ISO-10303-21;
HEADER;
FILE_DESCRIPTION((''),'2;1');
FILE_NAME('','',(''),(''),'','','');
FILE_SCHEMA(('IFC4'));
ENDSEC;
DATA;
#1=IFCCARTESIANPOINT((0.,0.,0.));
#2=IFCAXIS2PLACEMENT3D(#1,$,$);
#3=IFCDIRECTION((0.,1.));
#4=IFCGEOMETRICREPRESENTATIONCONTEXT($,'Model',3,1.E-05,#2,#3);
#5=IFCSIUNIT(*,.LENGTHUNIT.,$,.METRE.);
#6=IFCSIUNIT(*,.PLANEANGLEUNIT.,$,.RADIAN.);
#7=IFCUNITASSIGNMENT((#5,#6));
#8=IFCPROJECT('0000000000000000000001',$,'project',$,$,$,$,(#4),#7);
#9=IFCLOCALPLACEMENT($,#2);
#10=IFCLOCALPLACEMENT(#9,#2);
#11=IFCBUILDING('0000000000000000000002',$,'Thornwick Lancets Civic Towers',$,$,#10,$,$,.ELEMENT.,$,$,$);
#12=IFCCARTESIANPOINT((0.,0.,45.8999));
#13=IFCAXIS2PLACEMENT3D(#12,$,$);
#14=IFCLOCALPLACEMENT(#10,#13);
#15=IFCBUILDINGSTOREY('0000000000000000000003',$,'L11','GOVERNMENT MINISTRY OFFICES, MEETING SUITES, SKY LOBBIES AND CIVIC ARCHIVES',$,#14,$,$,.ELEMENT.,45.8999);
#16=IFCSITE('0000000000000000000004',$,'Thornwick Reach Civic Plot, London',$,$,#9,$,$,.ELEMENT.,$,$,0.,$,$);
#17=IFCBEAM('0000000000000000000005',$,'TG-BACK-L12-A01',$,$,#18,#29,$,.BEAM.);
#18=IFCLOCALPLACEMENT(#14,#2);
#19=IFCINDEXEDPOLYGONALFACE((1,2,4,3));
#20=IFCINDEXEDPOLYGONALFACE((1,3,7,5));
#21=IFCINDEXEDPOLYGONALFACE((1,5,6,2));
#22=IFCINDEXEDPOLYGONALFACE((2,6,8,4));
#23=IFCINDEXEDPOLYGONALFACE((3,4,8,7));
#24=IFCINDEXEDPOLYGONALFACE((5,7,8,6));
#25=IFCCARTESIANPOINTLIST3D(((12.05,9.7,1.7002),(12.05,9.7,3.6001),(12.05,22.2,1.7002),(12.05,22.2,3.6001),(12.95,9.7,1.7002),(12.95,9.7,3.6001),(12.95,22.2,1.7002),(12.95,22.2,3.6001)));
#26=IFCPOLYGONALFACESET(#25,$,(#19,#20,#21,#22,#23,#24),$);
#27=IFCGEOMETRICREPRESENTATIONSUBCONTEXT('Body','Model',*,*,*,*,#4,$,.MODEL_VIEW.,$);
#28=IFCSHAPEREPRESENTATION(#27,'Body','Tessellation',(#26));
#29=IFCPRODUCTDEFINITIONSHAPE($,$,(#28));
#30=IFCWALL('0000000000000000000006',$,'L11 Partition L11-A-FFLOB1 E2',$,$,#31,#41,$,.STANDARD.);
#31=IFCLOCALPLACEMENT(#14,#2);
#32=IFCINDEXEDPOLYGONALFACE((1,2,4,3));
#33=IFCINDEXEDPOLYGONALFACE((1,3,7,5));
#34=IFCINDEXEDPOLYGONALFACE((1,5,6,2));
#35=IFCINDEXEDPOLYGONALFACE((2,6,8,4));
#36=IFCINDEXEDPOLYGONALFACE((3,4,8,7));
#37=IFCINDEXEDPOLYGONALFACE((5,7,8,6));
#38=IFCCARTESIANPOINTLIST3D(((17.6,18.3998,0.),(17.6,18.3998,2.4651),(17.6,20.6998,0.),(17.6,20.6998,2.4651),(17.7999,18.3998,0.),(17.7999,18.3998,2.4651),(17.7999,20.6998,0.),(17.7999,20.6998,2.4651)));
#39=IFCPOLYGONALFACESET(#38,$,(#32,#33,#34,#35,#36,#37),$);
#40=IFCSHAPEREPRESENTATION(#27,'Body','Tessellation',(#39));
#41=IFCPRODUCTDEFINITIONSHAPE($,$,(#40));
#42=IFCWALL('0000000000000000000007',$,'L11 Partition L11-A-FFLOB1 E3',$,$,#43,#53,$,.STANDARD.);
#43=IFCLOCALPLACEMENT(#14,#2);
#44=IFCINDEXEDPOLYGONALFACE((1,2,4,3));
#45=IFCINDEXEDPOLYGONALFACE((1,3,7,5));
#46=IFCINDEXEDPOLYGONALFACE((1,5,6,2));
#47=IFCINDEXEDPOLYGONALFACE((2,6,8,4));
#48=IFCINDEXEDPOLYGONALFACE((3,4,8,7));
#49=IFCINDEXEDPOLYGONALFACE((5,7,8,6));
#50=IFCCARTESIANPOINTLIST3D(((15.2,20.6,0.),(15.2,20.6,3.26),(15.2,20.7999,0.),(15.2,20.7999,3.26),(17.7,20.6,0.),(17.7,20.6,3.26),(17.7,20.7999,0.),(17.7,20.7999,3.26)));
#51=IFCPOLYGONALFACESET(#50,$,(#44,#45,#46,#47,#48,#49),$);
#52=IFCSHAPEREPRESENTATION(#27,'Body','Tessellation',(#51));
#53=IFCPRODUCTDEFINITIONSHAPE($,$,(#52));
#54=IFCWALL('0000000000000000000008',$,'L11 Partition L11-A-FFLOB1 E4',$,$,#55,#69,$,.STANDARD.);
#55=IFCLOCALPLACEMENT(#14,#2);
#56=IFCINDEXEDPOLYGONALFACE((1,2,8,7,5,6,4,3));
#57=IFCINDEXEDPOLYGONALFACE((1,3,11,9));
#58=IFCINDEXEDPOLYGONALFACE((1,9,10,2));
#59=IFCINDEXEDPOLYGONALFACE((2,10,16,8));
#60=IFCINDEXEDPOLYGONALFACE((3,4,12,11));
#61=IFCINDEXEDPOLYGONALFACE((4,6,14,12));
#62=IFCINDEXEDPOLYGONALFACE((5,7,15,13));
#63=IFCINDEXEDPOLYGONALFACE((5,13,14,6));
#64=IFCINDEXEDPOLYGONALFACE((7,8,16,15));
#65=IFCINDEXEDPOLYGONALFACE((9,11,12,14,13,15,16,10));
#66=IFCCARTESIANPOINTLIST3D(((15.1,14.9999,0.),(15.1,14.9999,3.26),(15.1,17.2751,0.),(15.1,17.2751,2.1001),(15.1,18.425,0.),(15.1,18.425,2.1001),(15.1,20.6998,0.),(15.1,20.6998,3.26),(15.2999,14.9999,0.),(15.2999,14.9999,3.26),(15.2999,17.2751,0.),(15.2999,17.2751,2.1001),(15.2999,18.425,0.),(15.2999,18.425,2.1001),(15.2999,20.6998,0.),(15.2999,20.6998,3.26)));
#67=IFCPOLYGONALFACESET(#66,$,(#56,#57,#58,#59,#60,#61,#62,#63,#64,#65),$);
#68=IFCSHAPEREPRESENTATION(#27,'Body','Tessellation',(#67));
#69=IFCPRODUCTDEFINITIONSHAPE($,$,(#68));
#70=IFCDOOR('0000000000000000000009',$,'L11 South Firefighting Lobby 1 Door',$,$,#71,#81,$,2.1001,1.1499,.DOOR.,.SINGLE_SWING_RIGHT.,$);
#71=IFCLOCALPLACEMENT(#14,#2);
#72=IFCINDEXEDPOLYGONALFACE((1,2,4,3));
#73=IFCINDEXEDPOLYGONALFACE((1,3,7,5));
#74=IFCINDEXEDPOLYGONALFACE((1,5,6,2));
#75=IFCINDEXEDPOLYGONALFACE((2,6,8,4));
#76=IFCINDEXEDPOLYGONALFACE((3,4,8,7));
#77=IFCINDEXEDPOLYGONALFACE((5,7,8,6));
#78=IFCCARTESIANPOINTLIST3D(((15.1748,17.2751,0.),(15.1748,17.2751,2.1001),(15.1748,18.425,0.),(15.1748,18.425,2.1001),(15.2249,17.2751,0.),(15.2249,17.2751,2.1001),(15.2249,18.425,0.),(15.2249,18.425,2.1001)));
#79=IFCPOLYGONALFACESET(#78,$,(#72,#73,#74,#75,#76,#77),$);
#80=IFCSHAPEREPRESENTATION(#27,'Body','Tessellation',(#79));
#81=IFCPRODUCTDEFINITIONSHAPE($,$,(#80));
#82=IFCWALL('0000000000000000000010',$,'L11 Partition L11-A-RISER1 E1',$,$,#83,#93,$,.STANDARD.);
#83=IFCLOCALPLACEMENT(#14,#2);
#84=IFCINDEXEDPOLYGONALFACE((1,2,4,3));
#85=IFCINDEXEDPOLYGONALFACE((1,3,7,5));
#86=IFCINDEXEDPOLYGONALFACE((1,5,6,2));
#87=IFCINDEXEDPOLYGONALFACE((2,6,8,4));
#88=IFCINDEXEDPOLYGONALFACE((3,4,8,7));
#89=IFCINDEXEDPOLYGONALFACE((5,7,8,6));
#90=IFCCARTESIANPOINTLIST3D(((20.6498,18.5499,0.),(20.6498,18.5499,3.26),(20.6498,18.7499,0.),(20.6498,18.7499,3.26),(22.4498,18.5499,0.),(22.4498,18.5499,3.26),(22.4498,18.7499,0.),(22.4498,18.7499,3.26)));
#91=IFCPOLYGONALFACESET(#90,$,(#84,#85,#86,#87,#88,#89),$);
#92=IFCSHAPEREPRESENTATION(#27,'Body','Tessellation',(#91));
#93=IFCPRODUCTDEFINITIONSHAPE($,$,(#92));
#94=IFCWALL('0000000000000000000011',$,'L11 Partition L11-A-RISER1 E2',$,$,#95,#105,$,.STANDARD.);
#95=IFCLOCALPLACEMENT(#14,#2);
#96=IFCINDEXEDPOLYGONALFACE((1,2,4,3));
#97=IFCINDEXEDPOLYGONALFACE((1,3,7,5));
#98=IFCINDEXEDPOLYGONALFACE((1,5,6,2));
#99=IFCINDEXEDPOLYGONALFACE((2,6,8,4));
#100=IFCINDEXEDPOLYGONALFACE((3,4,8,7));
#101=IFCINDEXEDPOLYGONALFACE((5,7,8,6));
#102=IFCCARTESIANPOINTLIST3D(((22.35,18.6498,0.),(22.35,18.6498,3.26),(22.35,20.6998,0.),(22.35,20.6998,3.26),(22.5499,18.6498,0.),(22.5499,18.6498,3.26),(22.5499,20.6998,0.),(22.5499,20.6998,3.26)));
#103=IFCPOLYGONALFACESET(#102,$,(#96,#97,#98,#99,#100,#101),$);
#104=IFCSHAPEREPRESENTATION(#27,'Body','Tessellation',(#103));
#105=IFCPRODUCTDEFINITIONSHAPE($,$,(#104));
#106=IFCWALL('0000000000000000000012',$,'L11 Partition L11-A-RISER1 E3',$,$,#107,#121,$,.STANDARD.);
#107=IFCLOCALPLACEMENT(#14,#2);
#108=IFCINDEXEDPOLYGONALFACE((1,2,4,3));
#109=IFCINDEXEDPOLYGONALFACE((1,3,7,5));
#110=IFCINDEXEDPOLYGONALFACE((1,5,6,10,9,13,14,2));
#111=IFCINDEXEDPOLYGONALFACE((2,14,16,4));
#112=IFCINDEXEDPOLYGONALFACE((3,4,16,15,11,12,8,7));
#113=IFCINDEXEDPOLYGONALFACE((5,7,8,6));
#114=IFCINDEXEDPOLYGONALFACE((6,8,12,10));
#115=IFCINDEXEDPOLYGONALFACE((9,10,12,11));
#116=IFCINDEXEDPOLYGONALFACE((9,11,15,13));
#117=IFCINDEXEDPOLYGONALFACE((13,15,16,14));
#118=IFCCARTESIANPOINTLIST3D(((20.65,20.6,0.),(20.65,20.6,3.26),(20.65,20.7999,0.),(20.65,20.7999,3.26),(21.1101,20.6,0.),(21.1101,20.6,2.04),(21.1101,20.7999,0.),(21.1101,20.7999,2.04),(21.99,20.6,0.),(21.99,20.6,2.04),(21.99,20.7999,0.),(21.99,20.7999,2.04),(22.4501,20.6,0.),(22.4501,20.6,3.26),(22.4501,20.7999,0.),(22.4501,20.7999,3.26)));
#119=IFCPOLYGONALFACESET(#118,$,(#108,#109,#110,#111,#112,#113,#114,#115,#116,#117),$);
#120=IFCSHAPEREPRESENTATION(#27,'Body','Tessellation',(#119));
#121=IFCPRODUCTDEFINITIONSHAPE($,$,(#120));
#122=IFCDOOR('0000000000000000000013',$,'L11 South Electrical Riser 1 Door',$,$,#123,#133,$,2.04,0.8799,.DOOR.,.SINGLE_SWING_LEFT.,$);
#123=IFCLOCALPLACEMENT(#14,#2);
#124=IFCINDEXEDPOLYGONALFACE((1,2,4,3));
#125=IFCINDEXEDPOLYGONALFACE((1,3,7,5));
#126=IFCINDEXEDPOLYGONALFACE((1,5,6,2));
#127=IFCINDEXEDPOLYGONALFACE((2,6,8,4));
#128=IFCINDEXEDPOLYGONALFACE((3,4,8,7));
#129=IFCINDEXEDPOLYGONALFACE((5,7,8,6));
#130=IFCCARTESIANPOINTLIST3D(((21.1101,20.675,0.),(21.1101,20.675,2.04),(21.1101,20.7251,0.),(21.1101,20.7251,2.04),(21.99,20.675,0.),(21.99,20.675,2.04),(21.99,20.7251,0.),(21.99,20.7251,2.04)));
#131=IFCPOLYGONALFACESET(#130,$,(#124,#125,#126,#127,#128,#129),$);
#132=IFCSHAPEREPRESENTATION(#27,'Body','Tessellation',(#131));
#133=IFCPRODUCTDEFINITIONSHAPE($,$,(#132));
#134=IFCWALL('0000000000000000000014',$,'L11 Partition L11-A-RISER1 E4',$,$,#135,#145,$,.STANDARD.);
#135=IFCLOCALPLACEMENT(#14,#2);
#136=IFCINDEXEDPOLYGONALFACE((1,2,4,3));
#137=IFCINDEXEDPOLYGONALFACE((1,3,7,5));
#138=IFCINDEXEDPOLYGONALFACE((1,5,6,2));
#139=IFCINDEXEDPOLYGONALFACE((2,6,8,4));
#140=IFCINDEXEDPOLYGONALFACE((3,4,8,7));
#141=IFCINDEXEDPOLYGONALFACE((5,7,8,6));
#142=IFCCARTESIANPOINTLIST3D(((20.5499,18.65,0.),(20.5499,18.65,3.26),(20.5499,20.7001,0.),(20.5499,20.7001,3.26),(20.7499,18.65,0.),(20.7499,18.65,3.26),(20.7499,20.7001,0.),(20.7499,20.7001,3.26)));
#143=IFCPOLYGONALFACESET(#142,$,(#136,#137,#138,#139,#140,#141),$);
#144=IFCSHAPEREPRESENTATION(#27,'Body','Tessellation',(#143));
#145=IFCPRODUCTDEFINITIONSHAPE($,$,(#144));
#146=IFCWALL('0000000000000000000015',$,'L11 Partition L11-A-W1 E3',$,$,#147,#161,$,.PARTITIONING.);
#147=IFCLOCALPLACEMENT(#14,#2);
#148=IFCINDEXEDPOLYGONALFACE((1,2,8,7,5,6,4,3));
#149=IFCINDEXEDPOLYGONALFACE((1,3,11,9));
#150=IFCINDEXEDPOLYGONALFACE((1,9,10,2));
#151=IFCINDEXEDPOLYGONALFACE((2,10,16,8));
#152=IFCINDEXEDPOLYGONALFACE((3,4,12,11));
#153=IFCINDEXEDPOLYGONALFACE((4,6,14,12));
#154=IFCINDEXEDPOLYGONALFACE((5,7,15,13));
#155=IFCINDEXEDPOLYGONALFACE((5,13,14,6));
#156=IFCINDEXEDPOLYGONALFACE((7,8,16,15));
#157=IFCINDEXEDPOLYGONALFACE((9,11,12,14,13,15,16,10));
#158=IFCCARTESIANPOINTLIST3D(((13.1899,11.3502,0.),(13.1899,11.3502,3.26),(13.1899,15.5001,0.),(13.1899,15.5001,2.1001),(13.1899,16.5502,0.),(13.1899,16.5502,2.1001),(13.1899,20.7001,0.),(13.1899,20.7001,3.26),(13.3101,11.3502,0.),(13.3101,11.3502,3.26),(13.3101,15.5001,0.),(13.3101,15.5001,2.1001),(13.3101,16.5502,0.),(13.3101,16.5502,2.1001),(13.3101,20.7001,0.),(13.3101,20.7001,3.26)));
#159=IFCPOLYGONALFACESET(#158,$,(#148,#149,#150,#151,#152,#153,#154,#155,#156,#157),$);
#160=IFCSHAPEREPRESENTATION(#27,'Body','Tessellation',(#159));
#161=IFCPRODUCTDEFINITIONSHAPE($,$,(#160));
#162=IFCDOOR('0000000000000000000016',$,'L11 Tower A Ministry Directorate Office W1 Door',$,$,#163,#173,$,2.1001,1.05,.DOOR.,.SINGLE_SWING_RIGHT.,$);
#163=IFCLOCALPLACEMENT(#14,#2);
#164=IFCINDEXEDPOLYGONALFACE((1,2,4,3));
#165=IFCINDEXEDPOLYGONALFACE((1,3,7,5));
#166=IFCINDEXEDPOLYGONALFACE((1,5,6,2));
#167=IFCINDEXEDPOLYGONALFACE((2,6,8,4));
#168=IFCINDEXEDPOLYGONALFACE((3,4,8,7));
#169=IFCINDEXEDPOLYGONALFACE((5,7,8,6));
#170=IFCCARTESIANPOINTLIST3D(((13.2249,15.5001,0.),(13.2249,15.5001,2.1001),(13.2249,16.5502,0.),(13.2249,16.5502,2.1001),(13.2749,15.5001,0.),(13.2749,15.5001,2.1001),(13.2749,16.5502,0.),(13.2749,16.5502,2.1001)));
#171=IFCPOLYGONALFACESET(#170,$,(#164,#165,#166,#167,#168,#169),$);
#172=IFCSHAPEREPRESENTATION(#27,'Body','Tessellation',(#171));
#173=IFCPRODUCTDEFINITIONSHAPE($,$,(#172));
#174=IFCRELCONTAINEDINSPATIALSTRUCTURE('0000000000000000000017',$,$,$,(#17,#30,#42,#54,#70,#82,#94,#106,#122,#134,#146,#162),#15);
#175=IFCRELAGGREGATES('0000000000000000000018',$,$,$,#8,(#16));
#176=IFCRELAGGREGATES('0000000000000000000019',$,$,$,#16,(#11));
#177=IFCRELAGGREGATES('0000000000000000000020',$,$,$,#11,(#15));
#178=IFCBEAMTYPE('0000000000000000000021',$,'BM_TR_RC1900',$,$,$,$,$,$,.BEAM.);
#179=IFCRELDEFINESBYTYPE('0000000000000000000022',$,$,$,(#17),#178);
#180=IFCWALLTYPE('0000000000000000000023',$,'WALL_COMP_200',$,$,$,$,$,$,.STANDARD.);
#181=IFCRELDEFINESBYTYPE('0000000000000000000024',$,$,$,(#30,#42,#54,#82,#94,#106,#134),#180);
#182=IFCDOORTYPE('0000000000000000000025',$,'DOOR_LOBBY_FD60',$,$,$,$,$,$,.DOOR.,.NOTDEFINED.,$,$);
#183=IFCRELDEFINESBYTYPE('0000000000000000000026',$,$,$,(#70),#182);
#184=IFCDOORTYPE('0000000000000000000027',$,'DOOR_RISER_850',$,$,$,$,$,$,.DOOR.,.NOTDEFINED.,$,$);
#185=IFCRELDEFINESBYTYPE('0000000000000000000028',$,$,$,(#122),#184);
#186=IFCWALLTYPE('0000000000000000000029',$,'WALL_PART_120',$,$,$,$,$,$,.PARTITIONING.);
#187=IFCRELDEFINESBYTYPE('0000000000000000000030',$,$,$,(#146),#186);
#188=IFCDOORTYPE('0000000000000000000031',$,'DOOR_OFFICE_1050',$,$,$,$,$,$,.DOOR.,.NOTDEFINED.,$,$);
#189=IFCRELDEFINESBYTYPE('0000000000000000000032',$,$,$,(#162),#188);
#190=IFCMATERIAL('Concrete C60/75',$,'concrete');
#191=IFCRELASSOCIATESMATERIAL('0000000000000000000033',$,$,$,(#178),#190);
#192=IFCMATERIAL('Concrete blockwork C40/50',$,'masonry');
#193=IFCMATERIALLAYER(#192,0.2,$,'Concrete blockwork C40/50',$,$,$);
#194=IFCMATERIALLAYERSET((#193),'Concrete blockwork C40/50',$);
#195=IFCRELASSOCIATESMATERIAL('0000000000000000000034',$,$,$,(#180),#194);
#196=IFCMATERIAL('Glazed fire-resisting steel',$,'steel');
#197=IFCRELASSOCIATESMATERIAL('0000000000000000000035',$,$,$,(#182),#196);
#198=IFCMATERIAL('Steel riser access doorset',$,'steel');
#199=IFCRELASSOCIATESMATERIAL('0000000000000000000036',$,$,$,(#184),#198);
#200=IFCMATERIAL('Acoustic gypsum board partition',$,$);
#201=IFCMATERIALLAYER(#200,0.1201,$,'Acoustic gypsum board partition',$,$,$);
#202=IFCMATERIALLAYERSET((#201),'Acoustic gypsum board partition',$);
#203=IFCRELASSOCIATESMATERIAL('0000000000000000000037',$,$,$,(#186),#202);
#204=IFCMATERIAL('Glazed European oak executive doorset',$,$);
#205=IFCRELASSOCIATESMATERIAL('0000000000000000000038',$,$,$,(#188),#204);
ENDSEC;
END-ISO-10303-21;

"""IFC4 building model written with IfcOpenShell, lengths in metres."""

from ifc_helpers import new_model, si_unit, direction, frame, frame_2d, origin, origin_2d, place, context, subcontext, project, spatial, rectangle, extrude, material, layer, layer_set, material_profile, profile_set, type_object, element, fill, save


model = new_model("IFC4")

# Units and contexts
model_context = context("Model", 3, precision=1e-05, world=origin(), true_north=direction((0.0, 1.0)))
body_context = subcontext(model_context, "Body", "Model", "MODEL_VIEW")
ifc_project = project(units=[si_unit("LENGTHUNIT", "METRE"), si_unit("PLANEANGLEUNIT", "RADIAN")], contexts=[model_context])

# Site, building, storey
site_placement = place(None, origin())
site = spatial("IfcSite", under=ifc_project, at=site_placement, Name="Thornwick Reach Civic Plot, London", CompositionType="ELEMENT", RefElevation=0.0)
building_placement = place(site_placement, origin())
building = spatial("IfcBuilding", under=site, at=building_placement, Name="Thornwick Lancets Civic Towers", CompositionType="ELEMENT")
storey_placement = place(building_placement, frame((0.0, 0.0, 45.8999)))
storey = spatial("IfcBuildingStorey", under=building, at=storey_placement, Name="L11", Description="GOVERNMENT MINISTRY OFFICES, MEETING SUITES, SKY LOBBIES AND CIVIC ARCHIVES", CompositionType="ELEMENT", Elevation=45.8999)

# Beam
ifc_material_1 = material(Name="Concrete C60/75", Category="concrete")
ifc_material_profile = material_profile(ifc_material_1, rectangle(XDim=0.8999, YDim=1.8999, at=origin_2d()), Name="RC 900x1900")
ifc_profile_set = profile_set([ifc_material_profile], Name="Concrete C60/75")
beam_type = type_object("IfcBeamType", Name="BM_TR_RC1900", PredefinedType="BEAM", material=ifc_profile_set)
beam_placement = place(storey_placement, frame((12.5, 22.2, 2.6501), z_axis=(0.0, -1.0, 0.0), x_axis=(1.0, 0.0, 0.0)))
element("IfcBeam", 1, at=beam_placement, inside=storey, type_object=beam_type, Name="TG-BACK-L12-A01", PredefinedType="BEAM", context=body_context, shape_type="SweptSolid", body=[
    extrude(rectangle(XDim=0.8999, YDim=1.8999, at=origin_2d()), origin(), (0.0, 0.0, 1.0), 12.5),
])

# Walls
ifc_material_2 = material(Name="Concrete blockwork C40/50", Category="masonry")
ifc_layer_1 = layer(ifc_material_2, 0.2, Name="Concrete blockwork C40/50")
ifc_layer_set_1 = layer_set([ifc_layer_1], Name="Concrete blockwork C40/50")
wall_type_1 = type_object("IfcWallType", Name="WALL_COMP_200", PredefinedType="STANDARD", material=ifc_layer_set_1)
wall_1_placement = place(storey_placement, frame((17.7, 18.3999, 0.0), z_axis=(0.0, 0.0, 1.0), x_axis=(0.0, 1.0, 0.0)))
element("IfcWall", 2, at=wall_1_placement, inside=storey, type_object=wall_type_1, Name="L11 Partition L11-A-FFLOB1 E2", PredefinedType="STANDARD", context=body_context, shape_type="SweptSolid", body=[
    extrude(rectangle(XDim=2.3, YDim=0.2, at=frame_2d((1.1499, 0.0))), origin(), (0.0, 0.0, 1.0), 2.4651),
])
wall_2_placement = place(storey_placement, frame((17.7, 20.7, 0.0), z_axis=(0.0, 0.0, 1.0), x_axis=(-1.0, 0.0, 0.0)))
element("IfcWall", 3, at=wall_2_placement, inside=storey, type_object=wall_type_1, Name="L11 Partition L11-A-FFLOB1 E3", PredefinedType="STANDARD", context=body_context, shape_type="SweptSolid", body=[
    extrude(rectangle(XDim=2.5, YDim=0.2, at=frame_2d((1.25, 0.0))), origin(), (0.0, 0.0, 1.0), 3.26),
])

# Wall, opening, door
wall_3_placement = place(storey_placement, frame((15.2, 20.7, 0.0), z_axis=(0.0, 0.0, 1.0), x_axis=(0.0, -1.0, 0.0)))
wall_3 = element("IfcWall", 4, at=wall_3_placement, inside=storey, type_object=wall_type_1, Name="L11 Partition L11-A-FFLOB1 E4", PredefinedType="STANDARD", context=body_context, shape_type="SweptSolid", body=[
    extrude(rectangle(XDim=5.7, YDim=0.2, at=frame_2d((2.8501, 0.0))), origin(), (0.0, 0.0, 1.0), 3.26),
])
opening_1_placement = place(wall_3_placement, frame((2.2749, 0.0, 0.0)))
opening_1 = element("IfcOpeningElement", 5, at=opening_1_placement, cuts=wall_3, PredefinedType="OPENING", context=body_context, shape_type="SweptSolid", body=[
    extrude(rectangle(XDim=1.1499, YDim=2.1001, at=frame_2d((0.575, 1.05))), frame((0.0, 0.1099, 0.0), z_axis=(0.0, -1.0, 0.0), x_axis=(1.0, 0.0, 0.0)), (0.0, 0.0, 1.0), 0.22),
])
ifc_material_3 = material(Name="Glazed fire-resisting steel", Category="steel")
door_type_1 = type_object("IfcDoorType", Name="DOOR_LOBBY_FD60", OperationType="NOTDEFINED", PredefinedType="DOOR", material=ifc_material_3)
door_1_placement = place(opening_1_placement, origin())
door_1 = element("IfcDoor", 6, at=door_1_placement, inside=storey, type_object=door_type_1, Name="L11 South Firefighting Lobby 1 Door", OperationType="SINGLE_SWING_RIGHT", OverallHeight=2.1001, OverallWidth=1.1499, PredefinedType="DOOR", context=body_context, shape_type="SweptSolid", body=[
    extrude(rectangle(XDim=1.1499, YDim=2.1001, at=frame_2d((0.575, 1.05))), frame((0.0, 0.0249, 0.0), z_axis=(0.0, -1.0, 0.0), x_axis=(1.0, 0.0, 0.0)), (0.0, 0.0, 1.0), 0.05),
])
fill(opening_1, door_1)

# Walls
wall_4_placement = place(storey_placement, frame((20.6499, 18.6499, 0.0), z_axis=(0.0, 0.0, 1.0), x_axis=(1.0, 0.0, 0.0)))
element("IfcWall", 7, at=wall_4_placement, inside=storey, type_object=wall_type_1, Name="L11 Partition L11-A-RISER1 E1", PredefinedType="STANDARD", context=body_context, shape_type="SweptSolid", body=[
    extrude(rectangle(XDim=1.8, YDim=0.2, at=frame_2d((0.8999, 0.0))), origin(), (0.0, 0.0, 1.0), 3.26),
])
wall_5_placement = place(storey_placement, frame((22.45, 18.6499, 0.0), z_axis=(0.0, 0.0, 1.0), x_axis=(0.0, 1.0, 0.0)))
element("IfcWall", 8, at=wall_5_placement, inside=storey, type_object=wall_type_1, Name="L11 Partition L11-A-RISER1 E2", PredefinedType="STANDARD", context=body_context, shape_type="SweptSolid", body=[
    extrude(rectangle(XDim=2.05, YDim=0.2, at=frame_2d((1.0249, 0.0))), origin(), (0.0, 0.0, 1.0), 3.26),
])

# Wall, opening, door
wall_6_placement = place(storey_placement, frame((22.45, 20.7, 0.0), z_axis=(0.0, 0.0, 1.0), x_axis=(-1.0, 0.0, 0.0)))
wall_6 = element("IfcWall", 9, at=wall_6_placement, inside=storey, type_object=wall_type_1, Name="L11 Partition L11-A-RISER1 E3", PredefinedType="STANDARD", context=body_context, shape_type="SweptSolid", body=[
    extrude(rectangle(XDim=1.8, YDim=0.2, at=frame_2d((0.8999, 0.0))), origin(), (0.0, 0.0, 1.0), 3.26),
])
opening_2_placement = place(wall_6_placement, frame((0.46, 0.0, 0.0)))
opening_2 = element("IfcOpeningElement", 10, at=opening_2_placement, cuts=wall_6, PredefinedType="OPENING", context=body_context, shape_type="SweptSolid", body=[
    extrude(rectangle(XDim=0.8799, YDim=2.04, at=frame_2d((0.4399, 1.02))), frame((0.0, 0.1099, 0.0), z_axis=(0.0, -1.0, 0.0), x_axis=(1.0, 0.0, 0.0)), (0.0, 0.0, 1.0), 0.22),
])
ifc_material_4 = material(Name="Steel riser access doorset", Category="steel")
door_type_2 = type_object("IfcDoorType", Name="DOOR_RISER_850", OperationType="NOTDEFINED", PredefinedType="DOOR", material=ifc_material_4)
door_2_placement = place(opening_2_placement, origin())
door_2 = element("IfcDoor", 11, at=door_2_placement, inside=storey, type_object=door_type_2, Name="L11 South Electrical Riser 1 Door", OperationType="SINGLE_SWING_LEFT", OverallHeight=2.04, OverallWidth=0.8799, PredefinedType="DOOR", context=body_context, shape_type="SweptSolid", body=[
    extrude(rectangle(XDim=0.8799, YDim=2.04, at=frame_2d((0.4399, 1.02))), frame((0.0, 0.0249, 0.0), z_axis=(0.0, -1.0, 0.0), x_axis=(1.0, 0.0, 0.0)), (0.0, 0.0, 1.0), 0.05),
])
fill(opening_2, door_2)

# Wall
wall_7_placement = place(storey_placement, frame((20.6499, 20.7, 0.0), z_axis=(0.0, 0.0, 1.0), x_axis=(0.0, -1.0, 0.0)))
element("IfcWall", 12, at=wall_7_placement, inside=storey, type_object=wall_type_1, Name="L11 Partition L11-A-RISER1 E4", PredefinedType="STANDARD", context=body_context, shape_type="SweptSolid", body=[
    extrude(rectangle(XDim=2.05, YDim=0.2, at=frame_2d((1.0249, 0.0))), origin(), (0.0, 0.0, 1.0), 3.26),
])

# Wall, opening, door
ifc_material_5 = material(Name="Acoustic gypsum board partition")
ifc_layer_2 = layer(ifc_material_5, 0.1201, Name="Acoustic gypsum board partition")
ifc_layer_set_2 = layer_set([ifc_layer_2], Name="Acoustic gypsum board partition")
wall_type_2 = type_object("IfcWallType", Name="WALL_PART_120", PredefinedType="PARTITIONING", material=ifc_layer_set_2)
wall_8_placement = place(storey_placement, frame((13.25, 20.7, 0.0), z_axis=(0.0, 0.0, 1.0), x_axis=(0.0, -1.0, 0.0)))
wall_8 = element("IfcWall", 13, at=wall_8_placement, inside=storey, type_object=wall_type_2, Name="L11 Partition L11-A-W1 E3", PredefinedType="PARTITIONING", context=body_context, shape_type="SweptSolid", body=[
    extrude(rectangle(XDim=9.3499, YDim=0.1201, at=frame_2d((4.6748, 0.0))), origin(), (0.0, 0.0, 1.0), 3.26),
])
opening_3_placement = place(wall_8_placement, frame((4.1499, 0.0, 0.0)))
opening_3 = element("IfcOpeningElement", 14, at=opening_3_placement, cuts=wall_8, PredefinedType="OPENING", context=body_context, shape_type="SweptSolid", body=[
    extrude(rectangle(XDim=1.05, YDim=2.1001, at=frame_2d((0.5249, 1.05))), frame((0.0, 0.0701, 0.0), z_axis=(0.0, -1.0, 0.0), x_axis=(1.0, 0.0, 0.0)), (0.0, 0.0, 1.0), 0.1401),
])
ifc_material_6 = material(Name="Glazed European oak executive doorset")
door_type_3 = type_object("IfcDoorType", Name="DOOR_OFFICE_1050", OperationType="NOTDEFINED", PredefinedType="DOOR", material=ifc_material_6)
door_3_placement = place(opening_3_placement, origin())
door_3 = element("IfcDoor", 15, at=door_3_placement, inside=storey, type_object=door_type_3, Name="L11 Tower A Ministry Directorate Office W1 Door", OperationType="SINGLE_SWING_RIGHT", OverallHeight=2.1001, OverallWidth=1.05, PredefinedType="DOOR", context=body_context, shape_type="SweptSolid", body=[
    extrude(rectangle(XDim=1.05, YDim=2.1001, at=frame_2d((0.5249, 1.05))), frame((0.0, 0.0249, 0.0), z_axis=(0.0, -1.0, 0.0), x_axis=(1.0, 0.0, 0.0)), (0.0, 0.0, 1.0), 0.05),
])
fill(opening_3, door_3)

save(model, "model.ifc")
